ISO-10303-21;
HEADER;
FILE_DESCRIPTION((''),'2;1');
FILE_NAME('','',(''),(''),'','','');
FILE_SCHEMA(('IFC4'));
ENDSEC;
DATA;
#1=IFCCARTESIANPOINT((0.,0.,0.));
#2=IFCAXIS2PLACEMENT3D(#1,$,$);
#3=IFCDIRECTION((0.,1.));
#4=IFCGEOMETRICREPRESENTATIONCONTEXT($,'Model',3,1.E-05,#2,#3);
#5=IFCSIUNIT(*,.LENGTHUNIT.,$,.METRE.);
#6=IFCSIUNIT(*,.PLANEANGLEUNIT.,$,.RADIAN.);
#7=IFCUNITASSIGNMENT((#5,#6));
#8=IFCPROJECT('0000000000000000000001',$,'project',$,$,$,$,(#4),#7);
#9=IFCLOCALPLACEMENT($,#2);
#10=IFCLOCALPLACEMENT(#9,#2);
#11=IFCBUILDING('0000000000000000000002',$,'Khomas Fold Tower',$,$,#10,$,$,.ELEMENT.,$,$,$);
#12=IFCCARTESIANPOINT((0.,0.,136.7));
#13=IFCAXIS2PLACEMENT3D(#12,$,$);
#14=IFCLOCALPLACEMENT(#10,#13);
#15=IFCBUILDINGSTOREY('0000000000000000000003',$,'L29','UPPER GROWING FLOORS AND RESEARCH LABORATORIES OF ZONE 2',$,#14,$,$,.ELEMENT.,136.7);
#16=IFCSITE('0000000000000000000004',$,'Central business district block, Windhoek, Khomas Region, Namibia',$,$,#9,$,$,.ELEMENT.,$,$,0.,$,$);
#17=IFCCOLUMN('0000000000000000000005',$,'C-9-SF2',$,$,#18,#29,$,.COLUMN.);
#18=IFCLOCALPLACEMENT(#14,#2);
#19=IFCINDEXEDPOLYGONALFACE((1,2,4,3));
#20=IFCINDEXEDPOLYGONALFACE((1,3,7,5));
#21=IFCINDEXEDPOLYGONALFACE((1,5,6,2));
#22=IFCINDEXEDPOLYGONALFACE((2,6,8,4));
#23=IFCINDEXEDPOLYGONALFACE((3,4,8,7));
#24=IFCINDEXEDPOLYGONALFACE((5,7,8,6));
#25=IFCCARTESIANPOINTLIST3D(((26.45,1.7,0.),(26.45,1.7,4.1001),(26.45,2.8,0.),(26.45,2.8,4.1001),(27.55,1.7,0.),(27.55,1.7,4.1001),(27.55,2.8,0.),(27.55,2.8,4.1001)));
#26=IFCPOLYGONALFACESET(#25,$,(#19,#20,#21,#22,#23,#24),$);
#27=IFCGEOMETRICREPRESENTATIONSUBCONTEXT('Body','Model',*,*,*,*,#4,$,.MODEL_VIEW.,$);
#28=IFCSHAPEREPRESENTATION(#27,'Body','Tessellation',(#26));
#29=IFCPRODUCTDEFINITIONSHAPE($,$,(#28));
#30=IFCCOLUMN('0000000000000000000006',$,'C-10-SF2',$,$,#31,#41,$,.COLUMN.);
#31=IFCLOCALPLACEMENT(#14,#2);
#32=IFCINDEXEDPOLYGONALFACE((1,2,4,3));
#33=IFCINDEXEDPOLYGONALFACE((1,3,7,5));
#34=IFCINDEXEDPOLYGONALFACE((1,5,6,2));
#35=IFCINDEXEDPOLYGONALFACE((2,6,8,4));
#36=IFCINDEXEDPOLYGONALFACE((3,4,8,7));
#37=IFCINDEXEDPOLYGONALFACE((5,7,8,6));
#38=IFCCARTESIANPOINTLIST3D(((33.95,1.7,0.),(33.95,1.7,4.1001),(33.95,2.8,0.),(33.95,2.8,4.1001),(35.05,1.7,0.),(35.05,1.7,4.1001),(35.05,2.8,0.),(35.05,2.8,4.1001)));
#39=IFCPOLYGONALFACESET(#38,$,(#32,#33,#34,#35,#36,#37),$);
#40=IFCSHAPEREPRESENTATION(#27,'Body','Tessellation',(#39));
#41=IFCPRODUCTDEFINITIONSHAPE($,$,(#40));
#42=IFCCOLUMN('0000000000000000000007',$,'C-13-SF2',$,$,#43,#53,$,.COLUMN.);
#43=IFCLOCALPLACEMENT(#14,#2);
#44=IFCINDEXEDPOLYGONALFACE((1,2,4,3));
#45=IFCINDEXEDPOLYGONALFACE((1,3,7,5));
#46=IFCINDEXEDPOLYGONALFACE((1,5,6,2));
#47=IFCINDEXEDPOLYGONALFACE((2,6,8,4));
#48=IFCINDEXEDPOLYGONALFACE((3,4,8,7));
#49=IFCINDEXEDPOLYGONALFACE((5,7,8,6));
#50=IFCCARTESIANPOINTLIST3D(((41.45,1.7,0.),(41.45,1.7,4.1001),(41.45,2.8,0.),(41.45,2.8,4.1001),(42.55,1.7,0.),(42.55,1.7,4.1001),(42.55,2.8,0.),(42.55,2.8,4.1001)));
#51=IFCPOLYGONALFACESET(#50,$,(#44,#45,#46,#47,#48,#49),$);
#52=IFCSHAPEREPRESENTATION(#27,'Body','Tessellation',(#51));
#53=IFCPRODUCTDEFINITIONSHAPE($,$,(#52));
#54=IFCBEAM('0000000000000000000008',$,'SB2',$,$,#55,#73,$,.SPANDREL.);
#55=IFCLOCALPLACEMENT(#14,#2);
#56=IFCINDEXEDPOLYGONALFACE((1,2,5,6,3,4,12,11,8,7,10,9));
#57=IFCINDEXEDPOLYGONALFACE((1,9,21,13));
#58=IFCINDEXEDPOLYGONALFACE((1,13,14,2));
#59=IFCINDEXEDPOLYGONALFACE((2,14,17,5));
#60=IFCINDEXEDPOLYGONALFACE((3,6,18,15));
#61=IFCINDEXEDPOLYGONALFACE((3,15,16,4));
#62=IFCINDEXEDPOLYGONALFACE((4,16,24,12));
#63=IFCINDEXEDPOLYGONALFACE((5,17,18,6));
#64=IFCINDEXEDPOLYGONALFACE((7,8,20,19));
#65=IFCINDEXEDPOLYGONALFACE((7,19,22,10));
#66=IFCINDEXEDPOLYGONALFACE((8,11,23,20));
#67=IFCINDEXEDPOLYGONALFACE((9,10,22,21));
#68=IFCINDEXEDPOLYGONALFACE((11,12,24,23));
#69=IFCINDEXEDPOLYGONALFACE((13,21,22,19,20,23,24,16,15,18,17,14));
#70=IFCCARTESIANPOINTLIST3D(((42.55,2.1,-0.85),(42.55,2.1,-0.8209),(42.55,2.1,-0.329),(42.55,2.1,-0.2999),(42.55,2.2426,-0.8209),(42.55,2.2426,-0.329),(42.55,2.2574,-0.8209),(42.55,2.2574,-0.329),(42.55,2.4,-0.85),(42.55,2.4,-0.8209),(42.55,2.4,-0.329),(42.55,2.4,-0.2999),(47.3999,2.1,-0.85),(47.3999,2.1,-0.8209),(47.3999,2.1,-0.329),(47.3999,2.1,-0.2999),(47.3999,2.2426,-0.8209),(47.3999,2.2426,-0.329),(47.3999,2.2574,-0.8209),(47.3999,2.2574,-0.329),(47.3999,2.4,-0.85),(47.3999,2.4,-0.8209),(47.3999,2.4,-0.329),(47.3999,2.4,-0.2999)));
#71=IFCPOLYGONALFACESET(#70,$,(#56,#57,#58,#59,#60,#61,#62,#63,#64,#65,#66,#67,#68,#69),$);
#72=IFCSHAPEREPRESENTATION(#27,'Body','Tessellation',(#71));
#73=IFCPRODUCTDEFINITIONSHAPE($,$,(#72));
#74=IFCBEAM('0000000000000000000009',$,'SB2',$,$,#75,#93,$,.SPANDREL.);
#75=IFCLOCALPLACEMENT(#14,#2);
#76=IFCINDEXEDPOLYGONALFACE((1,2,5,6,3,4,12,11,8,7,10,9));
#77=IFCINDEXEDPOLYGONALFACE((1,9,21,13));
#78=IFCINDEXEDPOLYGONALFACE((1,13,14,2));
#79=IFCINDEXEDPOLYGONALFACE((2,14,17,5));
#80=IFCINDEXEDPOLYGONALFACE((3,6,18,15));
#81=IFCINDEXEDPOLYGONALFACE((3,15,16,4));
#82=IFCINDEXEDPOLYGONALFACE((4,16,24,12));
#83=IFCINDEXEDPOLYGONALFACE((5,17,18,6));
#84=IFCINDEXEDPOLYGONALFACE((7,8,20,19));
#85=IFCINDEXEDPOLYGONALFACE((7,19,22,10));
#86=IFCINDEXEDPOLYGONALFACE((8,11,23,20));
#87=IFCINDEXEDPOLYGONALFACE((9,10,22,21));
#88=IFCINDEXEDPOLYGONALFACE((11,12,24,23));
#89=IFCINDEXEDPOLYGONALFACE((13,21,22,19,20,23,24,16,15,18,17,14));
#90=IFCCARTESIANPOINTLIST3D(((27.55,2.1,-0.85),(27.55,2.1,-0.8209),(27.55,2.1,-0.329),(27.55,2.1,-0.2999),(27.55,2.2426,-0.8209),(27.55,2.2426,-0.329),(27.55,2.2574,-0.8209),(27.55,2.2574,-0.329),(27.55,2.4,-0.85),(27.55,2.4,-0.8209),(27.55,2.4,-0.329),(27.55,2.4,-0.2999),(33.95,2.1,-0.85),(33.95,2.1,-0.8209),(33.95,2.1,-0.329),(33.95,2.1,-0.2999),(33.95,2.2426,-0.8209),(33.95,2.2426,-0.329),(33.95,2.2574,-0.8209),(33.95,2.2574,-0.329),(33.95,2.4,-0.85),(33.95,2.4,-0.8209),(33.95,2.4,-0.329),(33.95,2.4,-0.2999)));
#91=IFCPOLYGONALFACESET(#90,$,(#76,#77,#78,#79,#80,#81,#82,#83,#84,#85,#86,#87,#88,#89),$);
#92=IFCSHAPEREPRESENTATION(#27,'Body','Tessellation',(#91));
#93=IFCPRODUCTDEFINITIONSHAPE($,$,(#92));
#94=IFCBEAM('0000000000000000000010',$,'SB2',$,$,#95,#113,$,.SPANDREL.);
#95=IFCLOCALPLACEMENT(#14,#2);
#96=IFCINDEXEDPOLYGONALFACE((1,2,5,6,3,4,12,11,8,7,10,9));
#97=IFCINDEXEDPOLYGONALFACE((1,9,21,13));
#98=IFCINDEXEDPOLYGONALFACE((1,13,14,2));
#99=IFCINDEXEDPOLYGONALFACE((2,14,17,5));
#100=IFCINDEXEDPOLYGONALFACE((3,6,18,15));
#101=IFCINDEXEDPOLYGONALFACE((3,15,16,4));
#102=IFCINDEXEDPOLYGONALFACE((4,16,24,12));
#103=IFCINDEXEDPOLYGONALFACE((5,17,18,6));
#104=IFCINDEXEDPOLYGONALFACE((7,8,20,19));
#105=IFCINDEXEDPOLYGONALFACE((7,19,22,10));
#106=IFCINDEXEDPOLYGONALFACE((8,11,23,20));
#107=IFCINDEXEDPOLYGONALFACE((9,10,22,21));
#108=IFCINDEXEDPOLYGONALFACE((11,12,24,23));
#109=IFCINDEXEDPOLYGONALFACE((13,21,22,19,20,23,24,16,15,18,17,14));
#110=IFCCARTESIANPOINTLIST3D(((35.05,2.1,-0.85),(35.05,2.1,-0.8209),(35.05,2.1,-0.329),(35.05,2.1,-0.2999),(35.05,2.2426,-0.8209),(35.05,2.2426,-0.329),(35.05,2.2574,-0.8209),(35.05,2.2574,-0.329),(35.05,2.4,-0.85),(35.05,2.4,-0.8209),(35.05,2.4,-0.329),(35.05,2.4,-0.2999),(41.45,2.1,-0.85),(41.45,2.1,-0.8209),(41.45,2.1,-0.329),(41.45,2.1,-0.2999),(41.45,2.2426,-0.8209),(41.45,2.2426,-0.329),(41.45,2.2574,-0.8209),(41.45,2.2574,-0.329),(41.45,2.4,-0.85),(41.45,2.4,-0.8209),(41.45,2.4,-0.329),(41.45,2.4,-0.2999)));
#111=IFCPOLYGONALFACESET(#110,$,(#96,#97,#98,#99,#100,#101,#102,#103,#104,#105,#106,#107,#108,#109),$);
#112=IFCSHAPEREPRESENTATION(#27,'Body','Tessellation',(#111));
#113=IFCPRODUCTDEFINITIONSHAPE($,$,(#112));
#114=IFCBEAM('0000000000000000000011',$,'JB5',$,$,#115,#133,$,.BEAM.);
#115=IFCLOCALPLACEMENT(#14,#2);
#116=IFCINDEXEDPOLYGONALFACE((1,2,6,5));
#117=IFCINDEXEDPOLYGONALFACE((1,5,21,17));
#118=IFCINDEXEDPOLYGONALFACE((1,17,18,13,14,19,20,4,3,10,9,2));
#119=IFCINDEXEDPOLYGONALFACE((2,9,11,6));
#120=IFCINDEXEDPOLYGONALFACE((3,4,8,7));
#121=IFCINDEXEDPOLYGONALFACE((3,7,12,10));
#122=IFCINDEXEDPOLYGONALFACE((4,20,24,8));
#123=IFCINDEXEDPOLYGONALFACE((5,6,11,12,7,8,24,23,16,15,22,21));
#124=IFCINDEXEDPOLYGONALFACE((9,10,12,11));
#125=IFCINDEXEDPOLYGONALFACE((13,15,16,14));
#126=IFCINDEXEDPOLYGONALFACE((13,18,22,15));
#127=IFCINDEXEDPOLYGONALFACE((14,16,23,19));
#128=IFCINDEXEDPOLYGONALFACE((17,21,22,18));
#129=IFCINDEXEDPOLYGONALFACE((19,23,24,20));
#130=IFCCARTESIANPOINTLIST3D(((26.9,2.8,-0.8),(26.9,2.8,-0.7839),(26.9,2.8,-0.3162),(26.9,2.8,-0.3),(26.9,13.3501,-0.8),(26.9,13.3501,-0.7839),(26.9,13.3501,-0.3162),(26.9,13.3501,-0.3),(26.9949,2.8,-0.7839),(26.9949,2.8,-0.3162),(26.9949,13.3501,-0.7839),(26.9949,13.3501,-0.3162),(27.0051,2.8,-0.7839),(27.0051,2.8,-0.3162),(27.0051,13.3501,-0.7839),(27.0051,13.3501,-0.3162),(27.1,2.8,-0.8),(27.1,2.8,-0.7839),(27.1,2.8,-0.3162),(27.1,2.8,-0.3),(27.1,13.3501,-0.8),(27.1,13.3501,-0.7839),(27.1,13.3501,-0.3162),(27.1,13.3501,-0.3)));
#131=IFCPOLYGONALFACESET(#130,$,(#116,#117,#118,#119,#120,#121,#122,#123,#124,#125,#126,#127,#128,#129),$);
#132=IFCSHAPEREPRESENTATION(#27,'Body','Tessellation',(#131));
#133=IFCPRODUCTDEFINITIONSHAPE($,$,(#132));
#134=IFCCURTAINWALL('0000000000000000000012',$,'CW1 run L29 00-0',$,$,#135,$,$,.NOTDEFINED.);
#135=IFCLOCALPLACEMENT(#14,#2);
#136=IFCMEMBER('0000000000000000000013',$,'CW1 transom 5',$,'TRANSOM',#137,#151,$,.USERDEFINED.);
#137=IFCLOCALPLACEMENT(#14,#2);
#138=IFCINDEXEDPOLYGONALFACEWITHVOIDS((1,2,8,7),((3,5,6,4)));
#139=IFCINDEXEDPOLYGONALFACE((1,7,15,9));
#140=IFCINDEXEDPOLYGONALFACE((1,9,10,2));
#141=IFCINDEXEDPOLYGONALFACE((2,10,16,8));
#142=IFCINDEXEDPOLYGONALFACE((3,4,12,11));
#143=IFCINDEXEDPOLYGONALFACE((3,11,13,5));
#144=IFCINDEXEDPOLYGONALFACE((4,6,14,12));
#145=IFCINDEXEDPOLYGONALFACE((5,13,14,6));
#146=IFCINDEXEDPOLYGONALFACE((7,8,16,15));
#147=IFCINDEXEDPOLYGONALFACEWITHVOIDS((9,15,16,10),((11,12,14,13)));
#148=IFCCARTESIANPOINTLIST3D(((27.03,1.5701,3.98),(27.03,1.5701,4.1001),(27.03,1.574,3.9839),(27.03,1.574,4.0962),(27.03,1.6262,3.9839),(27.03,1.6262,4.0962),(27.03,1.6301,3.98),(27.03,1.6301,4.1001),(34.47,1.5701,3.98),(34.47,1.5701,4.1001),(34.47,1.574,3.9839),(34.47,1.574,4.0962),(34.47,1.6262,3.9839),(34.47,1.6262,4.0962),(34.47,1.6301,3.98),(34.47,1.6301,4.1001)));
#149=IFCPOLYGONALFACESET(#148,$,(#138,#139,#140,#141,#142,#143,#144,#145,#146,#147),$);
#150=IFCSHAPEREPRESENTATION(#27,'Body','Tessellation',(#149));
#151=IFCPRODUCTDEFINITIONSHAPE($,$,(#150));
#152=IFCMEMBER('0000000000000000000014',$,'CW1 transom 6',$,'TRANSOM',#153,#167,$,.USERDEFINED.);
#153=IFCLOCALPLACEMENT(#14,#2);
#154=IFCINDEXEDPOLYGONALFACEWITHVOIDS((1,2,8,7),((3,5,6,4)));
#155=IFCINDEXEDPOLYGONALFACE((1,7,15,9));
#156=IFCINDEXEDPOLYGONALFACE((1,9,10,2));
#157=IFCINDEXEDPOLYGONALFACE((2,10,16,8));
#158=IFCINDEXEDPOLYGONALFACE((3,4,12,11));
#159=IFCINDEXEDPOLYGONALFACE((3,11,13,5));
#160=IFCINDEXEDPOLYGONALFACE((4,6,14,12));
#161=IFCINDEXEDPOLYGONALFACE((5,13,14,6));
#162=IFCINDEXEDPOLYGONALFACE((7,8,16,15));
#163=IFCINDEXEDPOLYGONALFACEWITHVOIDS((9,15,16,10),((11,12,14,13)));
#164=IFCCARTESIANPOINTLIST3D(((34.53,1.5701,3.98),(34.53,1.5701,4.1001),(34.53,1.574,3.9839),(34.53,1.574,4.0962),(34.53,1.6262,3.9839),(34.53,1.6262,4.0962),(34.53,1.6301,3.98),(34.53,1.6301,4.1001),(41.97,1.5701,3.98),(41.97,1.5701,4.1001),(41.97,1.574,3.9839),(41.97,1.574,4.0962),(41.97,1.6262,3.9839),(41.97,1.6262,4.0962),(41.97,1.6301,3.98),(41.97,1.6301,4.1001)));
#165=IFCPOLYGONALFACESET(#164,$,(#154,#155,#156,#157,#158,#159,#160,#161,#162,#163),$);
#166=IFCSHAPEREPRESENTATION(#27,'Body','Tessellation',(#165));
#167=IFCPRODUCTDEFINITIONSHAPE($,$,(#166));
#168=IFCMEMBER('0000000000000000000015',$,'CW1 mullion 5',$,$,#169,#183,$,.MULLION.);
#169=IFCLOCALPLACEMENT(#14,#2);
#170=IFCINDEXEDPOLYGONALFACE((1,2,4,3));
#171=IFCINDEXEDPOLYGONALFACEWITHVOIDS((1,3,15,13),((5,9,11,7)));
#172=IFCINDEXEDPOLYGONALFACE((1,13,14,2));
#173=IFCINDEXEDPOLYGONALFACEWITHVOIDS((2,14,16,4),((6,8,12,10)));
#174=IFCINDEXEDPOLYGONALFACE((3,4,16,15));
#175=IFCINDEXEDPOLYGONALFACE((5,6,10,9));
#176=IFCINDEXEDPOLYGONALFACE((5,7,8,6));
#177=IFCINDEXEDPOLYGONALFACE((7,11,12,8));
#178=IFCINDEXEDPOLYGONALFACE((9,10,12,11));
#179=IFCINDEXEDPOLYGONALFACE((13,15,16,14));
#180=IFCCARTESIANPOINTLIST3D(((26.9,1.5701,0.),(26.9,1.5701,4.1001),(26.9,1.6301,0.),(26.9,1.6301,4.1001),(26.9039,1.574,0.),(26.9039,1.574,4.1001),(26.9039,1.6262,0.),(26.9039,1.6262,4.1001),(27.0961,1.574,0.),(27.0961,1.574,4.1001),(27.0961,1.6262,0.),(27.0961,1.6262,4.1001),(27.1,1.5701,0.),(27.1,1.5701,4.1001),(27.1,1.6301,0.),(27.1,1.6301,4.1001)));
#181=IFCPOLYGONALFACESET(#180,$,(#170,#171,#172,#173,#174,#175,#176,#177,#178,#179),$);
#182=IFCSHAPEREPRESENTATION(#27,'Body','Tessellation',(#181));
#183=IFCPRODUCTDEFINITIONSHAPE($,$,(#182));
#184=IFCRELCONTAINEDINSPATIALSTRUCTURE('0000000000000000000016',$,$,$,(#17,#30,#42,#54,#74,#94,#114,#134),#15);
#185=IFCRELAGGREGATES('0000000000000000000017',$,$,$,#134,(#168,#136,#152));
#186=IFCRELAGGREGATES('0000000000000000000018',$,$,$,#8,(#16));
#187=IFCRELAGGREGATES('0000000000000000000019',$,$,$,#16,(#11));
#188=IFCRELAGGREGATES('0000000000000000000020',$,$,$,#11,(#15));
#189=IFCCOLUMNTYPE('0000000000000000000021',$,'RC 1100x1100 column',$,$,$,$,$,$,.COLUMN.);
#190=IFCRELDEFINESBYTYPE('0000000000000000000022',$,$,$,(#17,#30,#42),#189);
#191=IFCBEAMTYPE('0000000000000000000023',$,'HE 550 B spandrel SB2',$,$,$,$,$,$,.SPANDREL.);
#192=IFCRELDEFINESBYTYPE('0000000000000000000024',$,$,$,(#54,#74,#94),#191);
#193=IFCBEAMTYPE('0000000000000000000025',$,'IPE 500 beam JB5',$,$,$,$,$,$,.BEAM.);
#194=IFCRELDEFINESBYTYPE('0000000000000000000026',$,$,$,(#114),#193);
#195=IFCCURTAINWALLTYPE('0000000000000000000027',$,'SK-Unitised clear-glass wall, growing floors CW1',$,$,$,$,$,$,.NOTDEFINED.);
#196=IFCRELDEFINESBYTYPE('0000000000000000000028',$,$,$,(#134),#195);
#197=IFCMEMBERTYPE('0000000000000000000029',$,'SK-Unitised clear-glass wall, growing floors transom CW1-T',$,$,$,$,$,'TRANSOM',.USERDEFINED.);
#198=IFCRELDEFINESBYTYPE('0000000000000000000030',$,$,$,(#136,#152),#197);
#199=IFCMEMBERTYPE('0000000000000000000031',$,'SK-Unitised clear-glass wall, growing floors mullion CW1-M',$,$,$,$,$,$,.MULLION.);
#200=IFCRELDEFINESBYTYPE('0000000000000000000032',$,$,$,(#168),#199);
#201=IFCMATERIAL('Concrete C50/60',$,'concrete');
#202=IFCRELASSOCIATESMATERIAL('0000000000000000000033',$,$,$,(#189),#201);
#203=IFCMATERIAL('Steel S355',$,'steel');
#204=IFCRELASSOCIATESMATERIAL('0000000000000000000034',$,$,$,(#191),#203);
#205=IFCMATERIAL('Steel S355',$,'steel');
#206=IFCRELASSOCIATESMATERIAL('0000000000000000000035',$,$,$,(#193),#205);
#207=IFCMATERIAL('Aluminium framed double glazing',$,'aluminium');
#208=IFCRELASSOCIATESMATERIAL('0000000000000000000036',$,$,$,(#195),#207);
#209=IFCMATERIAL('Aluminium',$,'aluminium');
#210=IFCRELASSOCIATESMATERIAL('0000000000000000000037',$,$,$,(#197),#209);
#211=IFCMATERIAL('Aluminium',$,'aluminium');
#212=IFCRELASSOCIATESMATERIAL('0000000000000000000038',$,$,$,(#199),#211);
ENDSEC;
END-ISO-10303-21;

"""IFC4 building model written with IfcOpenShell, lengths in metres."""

from ifc_helpers import new_model, si_unit, direction, frame, origin, origin_2d, place, context, subcontext, project, spatial, rectangle, hollow_rectangle, i_section, extrude, source, transform, mapped, material, material_profile, profile_set, type_object, element, aggregate, save


model = new_model("IFC4")

# Units and contexts
model_context = context("Model", 3, precision=1e-05, world=origin(), true_north=direction((0.0, 1.0)))
body_context = subcontext(model_context, "Body", "Model", "MODEL_VIEW")
ifc_project = project(units=[si_unit("LENGTHUNIT", "METRE"), si_unit("PLANEANGLEUNIT", "RADIAN")], contexts=[model_context])

# Site, building, storey
site_placement = place(None, origin())
site = spatial("IfcSite", under=ifc_project, at=site_placement, Name="Central business district block, Windhoek, Khomas Region, Namibia", CompositionType="ELEMENT", RefElevation=0.0)
building_placement = place(site_placement, origin())
building = spatial("IfcBuilding", under=site, at=building_placement, Name="Khomas Fold Tower", CompositionType="ELEMENT")
storey_placement = place(building_placement, frame((0.0, 0.0, 136.7)))
storey = spatial("IfcBuildingStorey", under=building, at=storey_placement, Name="L29", Description="UPPER GROWING FLOORS AND RESEARCH LABORATORIES OF ZONE 2", CompositionType="ELEMENT", Elevation=136.7)

# Columns
ifc_material_1 = material(Name="Concrete C50/60", Category="concrete")
ifc_material_profile_1 = material_profile(ifc_material_1, rectangle(XDim=1.1001, YDim=1.1001, at=origin_2d()), Name="RC 1100x1100")
ifc_profile_set_1 = profile_set([ifc_material_profile_1], Name="Concrete C50/60")
column_type = type_object("IfcColumnType", Name="RC 1100x1100 column", PredefinedType="COLUMN", material=ifc_profile_set_1)
shared_shape_1 = source(origin(), body_context, "Body", "SweptSolid", [
    extrude(rectangle(XDim=1.1001, YDim=1.1001, at=origin_2d()), origin(), (0.0, 0.0, 1.0), 4.1001),
])
for number, where, z_axis, x_axis, name in (
    (1, (27.0, 2.25, 0.0), (0.0, 0.0, 1.0), (1.0, 0.0, 0.0), "C-9-SF2"),
    (2, (34.5, 2.25, 0.0), (0.0, 0.0, 1.0), (1.0, 0.0, 0.0), "C-10-SF2"),
    (3, (42.0, 2.25, 0.0), (0.0, 0.0, 1.0), (1.0, 0.0, 0.0), "C-13-SF2"),
):
    element("IfcColumn", number, at=place(storey_placement, frame(where, z_axis=z_axis, x_axis=x_axis)), inside=storey, type_object=column_type, Name=name, PredefinedType="COLUMN", context=body_context, shape_type="MappedRepresentation", body=[
        mapped(shared_shape_1, transform((0.0, 0.0, 0.0))),
    ])

# Beams
ifc_material_2 = material(Name="Steel S355", Category="steel")
ifc_material_profile_2 = material_profile(ifc_material_2, i_section(OverallWidth=0.3, OverallDepth=0.55, WebThickness=0.0149, FlangeThickness=0.0291, at=origin_2d()), Name="HE 550 B")
ifc_profile_set_2 = profile_set([ifc_material_profile_2], Name="Steel S355")
beam_type_1 = type_object("IfcBeamType", Name="HE 550 B spandrel SB2", PredefinedType="SPANDREL", material=ifc_profile_set_2)
shared_shape_2 = source(origin(), body_context, "Body", "SweptSolid", [
    extrude(i_section(OverallWidth=0.3, OverallDepth=0.55, WebThickness=0.0149, FlangeThickness=0.0291, at=origin_2d()), origin(), (0.0, 0.0, 1.0), 4.8499),
])
beam_1_placement = place(storey_placement, frame((42.55, 2.25, -0.575), z_axis=(1.0, 0.0, 0.0), x_axis=(0.0, 1.0, 0.0)))
element("IfcBeam", 4, at=beam_1_placement, inside=storey, type_object=beam_type_1, Name="SB2", PredefinedType="SPANDREL", context=body_context, shape_type="MappedRepresentation", body=[
    mapped(shared_shape_2, transform((0.0, 0.0, 0.0))),
])
shared_shape_3 = source(origin(), body_context, "Body", "SweptSolid", [
    extrude(i_section(OverallWidth=0.3, OverallDepth=0.55, WebThickness=0.0149, FlangeThickness=0.0291, at=origin_2d()), origin(), (0.0, 0.0, 1.0), 6.3999),
])
for number, where, z_axis, x_axis, name in (
    (5, (27.55, 2.25, -0.575), (1.0, 0.0, 0.0), (0.0, 1.0, 0.0), "SB2"),
    (6, (35.05, 2.25, -0.575), (1.0, 0.0, 0.0), (0.0, 1.0, 0.0), "SB2"),
):
    element("IfcBeam", number, at=place(storey_placement, frame(where, z_axis=z_axis, x_axis=x_axis)), inside=storey, type_object=beam_type_1, Name=name, PredefinedType="SPANDREL", context=body_context, shape_type="MappedRepresentation", body=[
        mapped(shared_shape_3, transform((0.0, 0.0, 0.0))),
    ])
ifc_material_3 = material(Name="Steel S355", Category="steel")
ifc_material_profile_3 = material_profile(ifc_material_3, i_section(OverallWidth=0.2, OverallDepth=0.5, WebThickness=0.0103, FlangeThickness=0.0161, at=origin_2d()), Name="IPE 500")
ifc_profile_set_3 = profile_set([ifc_material_profile_3], Name="Steel S355")
beam_type_2 = type_object("IfcBeamType", Name="IPE 500 beam JB5", PredefinedType="BEAM", material=ifc_profile_set_3)
shared_shape_4 = source(origin(), body_context, "Body", "SweptSolid", [
    extrude(i_section(OverallWidth=0.2, OverallDepth=0.5, WebThickness=0.0103, FlangeThickness=0.0161, at=origin_2d()), origin(), (0.0, 0.0, 1.0), 10.55),
])
beam_2_placement = place(storey_placement, frame((27.0, 2.8, -0.55), z_axis=(0.0, 1.0, 0.0), x_axis=(-1.0, 0.0, 0.0)))
element("IfcBeam", 7, at=beam_2_placement, inside=storey, type_object=beam_type_2, Name="JB5", PredefinedType="BEAM", context=body_context, shape_type="MappedRepresentation", body=[
    mapped(shared_shape_4, transform((0.0, 0.0, 0.0))),
])

# Curtain wall, members
ifc_material_4 = material(Name="Aluminium framed double glazing", Category="aluminium")
curtain_wall_type = type_object("IfcCurtainWallType", Name="SK-Unitised clear-glass wall, growing floors CW1", PredefinedType="NOTDEFINED", material=ifc_material_4)
curtain_wall_placement = place(storey_placement, origin())
curtain_wall = element("IfcCurtainWall", 8, at=curtain_wall_placement, inside=storey, type_object=curtain_wall_type, Name="CW1 run L29 00-0", PredefinedType="NOTDEFINED")
ifc_material_5 = material(Name="Aluminium", Category="aluminium")
ifc_material_profile_4 = material_profile(ifc_material_5, hollow_rectangle(XDim=0.0601, YDim=0.1201, WallThickness=0.0039, at=origin_2d()), Name="SK-Unitised clear-glass wall, growing floors transom CW1-T")
ifc_profile_set_4 = profile_set([ifc_material_profile_4], Name="Aluminium")
member_type_1 = type_object("IfcMemberType", Name="SK-Unitised clear-glass wall, growing floors transom CW1-T", ElementType="TRANSOM", PredefinedType="USERDEFINED", material=ifc_profile_set_4)
shared_shape_5 = source(origin(), body_context, "Body", "SweptSolid", [
    extrude(hollow_rectangle(XDim=0.0601, YDim=0.1201, WallThickness=0.0039, at=origin_2d()), origin(), (0.0, 0.0, 1.0), 7.4399),
])
member_1_placement = place(storey_placement, frame((27.03, 1.6001, 4.04), z_axis=(1.0, 0.0, 0.0), x_axis=(0.0, 1.0, 0.0)))
member_1 = element("IfcMember", 9, at=member_1_placement, type_object=member_type_1, Name="CW1 transom 5", ObjectType="TRANSOM", PredefinedType="USERDEFINED", context=body_context, shape_type="MappedRepresentation", body=[
    mapped(shared_shape_5, transform((0.0, 0.0, 0.0))),
])
member_2_placement = place(storey_placement, frame((34.53, 1.6001, 4.04), z_axis=(1.0, 0.0, 0.0), x_axis=(0.0, 1.0, 0.0)))
member_2 = element("IfcMember", 10, at=member_2_placement, type_object=member_type_1, Name="CW1 transom 6", ObjectType="TRANSOM", PredefinedType="USERDEFINED", context=body_context, shape_type="MappedRepresentation", body=[
    mapped(shared_shape_5, transform((0.0, 0.0, 0.0))),
])
ifc_material_6 = material(Name="Aluminium", Category="aluminium")
ifc_material_profile_5 = material_profile(ifc_material_6, hollow_rectangle(XDim=0.0601, YDim=0.2, WallThickness=0.0039, at=origin_2d()), Name="SK-Unitised clear-glass wall, growing floors mullion CW1-M")
ifc_profile_set_5 = profile_set([ifc_material_profile_5], Name="Aluminium")
member_type_2 = type_object("IfcMemberType", Name="SK-Unitised clear-glass wall, growing floors mullion CW1-M", PredefinedType="MULLION", material=ifc_profile_set_5)
shared_shape_6 = source(origin(), body_context, "Body", "SweptSolid", [
    extrude(hollow_rectangle(XDim=0.0601, YDim=0.2, WallThickness=0.0039, at=origin_2d()), origin(), (0.0, 0.0, 1.0), 4.1001),
])
member_3_placement = place(storey_placement, frame((27.0, 1.6001, 0.0), z_axis=(0.0, 0.0, 1.0), x_axis=(0.0, 1.0, 0.0)))
member_3 = element("IfcMember", 11, at=member_3_placement, type_object=member_type_2, Name="CW1 mullion 5", PredefinedType="MULLION", context=body_context, shape_type="MappedRepresentation", body=[
    mapped(shared_shape_6, transform((0.0, 0.0, 0.0))),
])
aggregate(curtain_wall, [member_3, member_1, member_2])

save(model, "model.ifc")
